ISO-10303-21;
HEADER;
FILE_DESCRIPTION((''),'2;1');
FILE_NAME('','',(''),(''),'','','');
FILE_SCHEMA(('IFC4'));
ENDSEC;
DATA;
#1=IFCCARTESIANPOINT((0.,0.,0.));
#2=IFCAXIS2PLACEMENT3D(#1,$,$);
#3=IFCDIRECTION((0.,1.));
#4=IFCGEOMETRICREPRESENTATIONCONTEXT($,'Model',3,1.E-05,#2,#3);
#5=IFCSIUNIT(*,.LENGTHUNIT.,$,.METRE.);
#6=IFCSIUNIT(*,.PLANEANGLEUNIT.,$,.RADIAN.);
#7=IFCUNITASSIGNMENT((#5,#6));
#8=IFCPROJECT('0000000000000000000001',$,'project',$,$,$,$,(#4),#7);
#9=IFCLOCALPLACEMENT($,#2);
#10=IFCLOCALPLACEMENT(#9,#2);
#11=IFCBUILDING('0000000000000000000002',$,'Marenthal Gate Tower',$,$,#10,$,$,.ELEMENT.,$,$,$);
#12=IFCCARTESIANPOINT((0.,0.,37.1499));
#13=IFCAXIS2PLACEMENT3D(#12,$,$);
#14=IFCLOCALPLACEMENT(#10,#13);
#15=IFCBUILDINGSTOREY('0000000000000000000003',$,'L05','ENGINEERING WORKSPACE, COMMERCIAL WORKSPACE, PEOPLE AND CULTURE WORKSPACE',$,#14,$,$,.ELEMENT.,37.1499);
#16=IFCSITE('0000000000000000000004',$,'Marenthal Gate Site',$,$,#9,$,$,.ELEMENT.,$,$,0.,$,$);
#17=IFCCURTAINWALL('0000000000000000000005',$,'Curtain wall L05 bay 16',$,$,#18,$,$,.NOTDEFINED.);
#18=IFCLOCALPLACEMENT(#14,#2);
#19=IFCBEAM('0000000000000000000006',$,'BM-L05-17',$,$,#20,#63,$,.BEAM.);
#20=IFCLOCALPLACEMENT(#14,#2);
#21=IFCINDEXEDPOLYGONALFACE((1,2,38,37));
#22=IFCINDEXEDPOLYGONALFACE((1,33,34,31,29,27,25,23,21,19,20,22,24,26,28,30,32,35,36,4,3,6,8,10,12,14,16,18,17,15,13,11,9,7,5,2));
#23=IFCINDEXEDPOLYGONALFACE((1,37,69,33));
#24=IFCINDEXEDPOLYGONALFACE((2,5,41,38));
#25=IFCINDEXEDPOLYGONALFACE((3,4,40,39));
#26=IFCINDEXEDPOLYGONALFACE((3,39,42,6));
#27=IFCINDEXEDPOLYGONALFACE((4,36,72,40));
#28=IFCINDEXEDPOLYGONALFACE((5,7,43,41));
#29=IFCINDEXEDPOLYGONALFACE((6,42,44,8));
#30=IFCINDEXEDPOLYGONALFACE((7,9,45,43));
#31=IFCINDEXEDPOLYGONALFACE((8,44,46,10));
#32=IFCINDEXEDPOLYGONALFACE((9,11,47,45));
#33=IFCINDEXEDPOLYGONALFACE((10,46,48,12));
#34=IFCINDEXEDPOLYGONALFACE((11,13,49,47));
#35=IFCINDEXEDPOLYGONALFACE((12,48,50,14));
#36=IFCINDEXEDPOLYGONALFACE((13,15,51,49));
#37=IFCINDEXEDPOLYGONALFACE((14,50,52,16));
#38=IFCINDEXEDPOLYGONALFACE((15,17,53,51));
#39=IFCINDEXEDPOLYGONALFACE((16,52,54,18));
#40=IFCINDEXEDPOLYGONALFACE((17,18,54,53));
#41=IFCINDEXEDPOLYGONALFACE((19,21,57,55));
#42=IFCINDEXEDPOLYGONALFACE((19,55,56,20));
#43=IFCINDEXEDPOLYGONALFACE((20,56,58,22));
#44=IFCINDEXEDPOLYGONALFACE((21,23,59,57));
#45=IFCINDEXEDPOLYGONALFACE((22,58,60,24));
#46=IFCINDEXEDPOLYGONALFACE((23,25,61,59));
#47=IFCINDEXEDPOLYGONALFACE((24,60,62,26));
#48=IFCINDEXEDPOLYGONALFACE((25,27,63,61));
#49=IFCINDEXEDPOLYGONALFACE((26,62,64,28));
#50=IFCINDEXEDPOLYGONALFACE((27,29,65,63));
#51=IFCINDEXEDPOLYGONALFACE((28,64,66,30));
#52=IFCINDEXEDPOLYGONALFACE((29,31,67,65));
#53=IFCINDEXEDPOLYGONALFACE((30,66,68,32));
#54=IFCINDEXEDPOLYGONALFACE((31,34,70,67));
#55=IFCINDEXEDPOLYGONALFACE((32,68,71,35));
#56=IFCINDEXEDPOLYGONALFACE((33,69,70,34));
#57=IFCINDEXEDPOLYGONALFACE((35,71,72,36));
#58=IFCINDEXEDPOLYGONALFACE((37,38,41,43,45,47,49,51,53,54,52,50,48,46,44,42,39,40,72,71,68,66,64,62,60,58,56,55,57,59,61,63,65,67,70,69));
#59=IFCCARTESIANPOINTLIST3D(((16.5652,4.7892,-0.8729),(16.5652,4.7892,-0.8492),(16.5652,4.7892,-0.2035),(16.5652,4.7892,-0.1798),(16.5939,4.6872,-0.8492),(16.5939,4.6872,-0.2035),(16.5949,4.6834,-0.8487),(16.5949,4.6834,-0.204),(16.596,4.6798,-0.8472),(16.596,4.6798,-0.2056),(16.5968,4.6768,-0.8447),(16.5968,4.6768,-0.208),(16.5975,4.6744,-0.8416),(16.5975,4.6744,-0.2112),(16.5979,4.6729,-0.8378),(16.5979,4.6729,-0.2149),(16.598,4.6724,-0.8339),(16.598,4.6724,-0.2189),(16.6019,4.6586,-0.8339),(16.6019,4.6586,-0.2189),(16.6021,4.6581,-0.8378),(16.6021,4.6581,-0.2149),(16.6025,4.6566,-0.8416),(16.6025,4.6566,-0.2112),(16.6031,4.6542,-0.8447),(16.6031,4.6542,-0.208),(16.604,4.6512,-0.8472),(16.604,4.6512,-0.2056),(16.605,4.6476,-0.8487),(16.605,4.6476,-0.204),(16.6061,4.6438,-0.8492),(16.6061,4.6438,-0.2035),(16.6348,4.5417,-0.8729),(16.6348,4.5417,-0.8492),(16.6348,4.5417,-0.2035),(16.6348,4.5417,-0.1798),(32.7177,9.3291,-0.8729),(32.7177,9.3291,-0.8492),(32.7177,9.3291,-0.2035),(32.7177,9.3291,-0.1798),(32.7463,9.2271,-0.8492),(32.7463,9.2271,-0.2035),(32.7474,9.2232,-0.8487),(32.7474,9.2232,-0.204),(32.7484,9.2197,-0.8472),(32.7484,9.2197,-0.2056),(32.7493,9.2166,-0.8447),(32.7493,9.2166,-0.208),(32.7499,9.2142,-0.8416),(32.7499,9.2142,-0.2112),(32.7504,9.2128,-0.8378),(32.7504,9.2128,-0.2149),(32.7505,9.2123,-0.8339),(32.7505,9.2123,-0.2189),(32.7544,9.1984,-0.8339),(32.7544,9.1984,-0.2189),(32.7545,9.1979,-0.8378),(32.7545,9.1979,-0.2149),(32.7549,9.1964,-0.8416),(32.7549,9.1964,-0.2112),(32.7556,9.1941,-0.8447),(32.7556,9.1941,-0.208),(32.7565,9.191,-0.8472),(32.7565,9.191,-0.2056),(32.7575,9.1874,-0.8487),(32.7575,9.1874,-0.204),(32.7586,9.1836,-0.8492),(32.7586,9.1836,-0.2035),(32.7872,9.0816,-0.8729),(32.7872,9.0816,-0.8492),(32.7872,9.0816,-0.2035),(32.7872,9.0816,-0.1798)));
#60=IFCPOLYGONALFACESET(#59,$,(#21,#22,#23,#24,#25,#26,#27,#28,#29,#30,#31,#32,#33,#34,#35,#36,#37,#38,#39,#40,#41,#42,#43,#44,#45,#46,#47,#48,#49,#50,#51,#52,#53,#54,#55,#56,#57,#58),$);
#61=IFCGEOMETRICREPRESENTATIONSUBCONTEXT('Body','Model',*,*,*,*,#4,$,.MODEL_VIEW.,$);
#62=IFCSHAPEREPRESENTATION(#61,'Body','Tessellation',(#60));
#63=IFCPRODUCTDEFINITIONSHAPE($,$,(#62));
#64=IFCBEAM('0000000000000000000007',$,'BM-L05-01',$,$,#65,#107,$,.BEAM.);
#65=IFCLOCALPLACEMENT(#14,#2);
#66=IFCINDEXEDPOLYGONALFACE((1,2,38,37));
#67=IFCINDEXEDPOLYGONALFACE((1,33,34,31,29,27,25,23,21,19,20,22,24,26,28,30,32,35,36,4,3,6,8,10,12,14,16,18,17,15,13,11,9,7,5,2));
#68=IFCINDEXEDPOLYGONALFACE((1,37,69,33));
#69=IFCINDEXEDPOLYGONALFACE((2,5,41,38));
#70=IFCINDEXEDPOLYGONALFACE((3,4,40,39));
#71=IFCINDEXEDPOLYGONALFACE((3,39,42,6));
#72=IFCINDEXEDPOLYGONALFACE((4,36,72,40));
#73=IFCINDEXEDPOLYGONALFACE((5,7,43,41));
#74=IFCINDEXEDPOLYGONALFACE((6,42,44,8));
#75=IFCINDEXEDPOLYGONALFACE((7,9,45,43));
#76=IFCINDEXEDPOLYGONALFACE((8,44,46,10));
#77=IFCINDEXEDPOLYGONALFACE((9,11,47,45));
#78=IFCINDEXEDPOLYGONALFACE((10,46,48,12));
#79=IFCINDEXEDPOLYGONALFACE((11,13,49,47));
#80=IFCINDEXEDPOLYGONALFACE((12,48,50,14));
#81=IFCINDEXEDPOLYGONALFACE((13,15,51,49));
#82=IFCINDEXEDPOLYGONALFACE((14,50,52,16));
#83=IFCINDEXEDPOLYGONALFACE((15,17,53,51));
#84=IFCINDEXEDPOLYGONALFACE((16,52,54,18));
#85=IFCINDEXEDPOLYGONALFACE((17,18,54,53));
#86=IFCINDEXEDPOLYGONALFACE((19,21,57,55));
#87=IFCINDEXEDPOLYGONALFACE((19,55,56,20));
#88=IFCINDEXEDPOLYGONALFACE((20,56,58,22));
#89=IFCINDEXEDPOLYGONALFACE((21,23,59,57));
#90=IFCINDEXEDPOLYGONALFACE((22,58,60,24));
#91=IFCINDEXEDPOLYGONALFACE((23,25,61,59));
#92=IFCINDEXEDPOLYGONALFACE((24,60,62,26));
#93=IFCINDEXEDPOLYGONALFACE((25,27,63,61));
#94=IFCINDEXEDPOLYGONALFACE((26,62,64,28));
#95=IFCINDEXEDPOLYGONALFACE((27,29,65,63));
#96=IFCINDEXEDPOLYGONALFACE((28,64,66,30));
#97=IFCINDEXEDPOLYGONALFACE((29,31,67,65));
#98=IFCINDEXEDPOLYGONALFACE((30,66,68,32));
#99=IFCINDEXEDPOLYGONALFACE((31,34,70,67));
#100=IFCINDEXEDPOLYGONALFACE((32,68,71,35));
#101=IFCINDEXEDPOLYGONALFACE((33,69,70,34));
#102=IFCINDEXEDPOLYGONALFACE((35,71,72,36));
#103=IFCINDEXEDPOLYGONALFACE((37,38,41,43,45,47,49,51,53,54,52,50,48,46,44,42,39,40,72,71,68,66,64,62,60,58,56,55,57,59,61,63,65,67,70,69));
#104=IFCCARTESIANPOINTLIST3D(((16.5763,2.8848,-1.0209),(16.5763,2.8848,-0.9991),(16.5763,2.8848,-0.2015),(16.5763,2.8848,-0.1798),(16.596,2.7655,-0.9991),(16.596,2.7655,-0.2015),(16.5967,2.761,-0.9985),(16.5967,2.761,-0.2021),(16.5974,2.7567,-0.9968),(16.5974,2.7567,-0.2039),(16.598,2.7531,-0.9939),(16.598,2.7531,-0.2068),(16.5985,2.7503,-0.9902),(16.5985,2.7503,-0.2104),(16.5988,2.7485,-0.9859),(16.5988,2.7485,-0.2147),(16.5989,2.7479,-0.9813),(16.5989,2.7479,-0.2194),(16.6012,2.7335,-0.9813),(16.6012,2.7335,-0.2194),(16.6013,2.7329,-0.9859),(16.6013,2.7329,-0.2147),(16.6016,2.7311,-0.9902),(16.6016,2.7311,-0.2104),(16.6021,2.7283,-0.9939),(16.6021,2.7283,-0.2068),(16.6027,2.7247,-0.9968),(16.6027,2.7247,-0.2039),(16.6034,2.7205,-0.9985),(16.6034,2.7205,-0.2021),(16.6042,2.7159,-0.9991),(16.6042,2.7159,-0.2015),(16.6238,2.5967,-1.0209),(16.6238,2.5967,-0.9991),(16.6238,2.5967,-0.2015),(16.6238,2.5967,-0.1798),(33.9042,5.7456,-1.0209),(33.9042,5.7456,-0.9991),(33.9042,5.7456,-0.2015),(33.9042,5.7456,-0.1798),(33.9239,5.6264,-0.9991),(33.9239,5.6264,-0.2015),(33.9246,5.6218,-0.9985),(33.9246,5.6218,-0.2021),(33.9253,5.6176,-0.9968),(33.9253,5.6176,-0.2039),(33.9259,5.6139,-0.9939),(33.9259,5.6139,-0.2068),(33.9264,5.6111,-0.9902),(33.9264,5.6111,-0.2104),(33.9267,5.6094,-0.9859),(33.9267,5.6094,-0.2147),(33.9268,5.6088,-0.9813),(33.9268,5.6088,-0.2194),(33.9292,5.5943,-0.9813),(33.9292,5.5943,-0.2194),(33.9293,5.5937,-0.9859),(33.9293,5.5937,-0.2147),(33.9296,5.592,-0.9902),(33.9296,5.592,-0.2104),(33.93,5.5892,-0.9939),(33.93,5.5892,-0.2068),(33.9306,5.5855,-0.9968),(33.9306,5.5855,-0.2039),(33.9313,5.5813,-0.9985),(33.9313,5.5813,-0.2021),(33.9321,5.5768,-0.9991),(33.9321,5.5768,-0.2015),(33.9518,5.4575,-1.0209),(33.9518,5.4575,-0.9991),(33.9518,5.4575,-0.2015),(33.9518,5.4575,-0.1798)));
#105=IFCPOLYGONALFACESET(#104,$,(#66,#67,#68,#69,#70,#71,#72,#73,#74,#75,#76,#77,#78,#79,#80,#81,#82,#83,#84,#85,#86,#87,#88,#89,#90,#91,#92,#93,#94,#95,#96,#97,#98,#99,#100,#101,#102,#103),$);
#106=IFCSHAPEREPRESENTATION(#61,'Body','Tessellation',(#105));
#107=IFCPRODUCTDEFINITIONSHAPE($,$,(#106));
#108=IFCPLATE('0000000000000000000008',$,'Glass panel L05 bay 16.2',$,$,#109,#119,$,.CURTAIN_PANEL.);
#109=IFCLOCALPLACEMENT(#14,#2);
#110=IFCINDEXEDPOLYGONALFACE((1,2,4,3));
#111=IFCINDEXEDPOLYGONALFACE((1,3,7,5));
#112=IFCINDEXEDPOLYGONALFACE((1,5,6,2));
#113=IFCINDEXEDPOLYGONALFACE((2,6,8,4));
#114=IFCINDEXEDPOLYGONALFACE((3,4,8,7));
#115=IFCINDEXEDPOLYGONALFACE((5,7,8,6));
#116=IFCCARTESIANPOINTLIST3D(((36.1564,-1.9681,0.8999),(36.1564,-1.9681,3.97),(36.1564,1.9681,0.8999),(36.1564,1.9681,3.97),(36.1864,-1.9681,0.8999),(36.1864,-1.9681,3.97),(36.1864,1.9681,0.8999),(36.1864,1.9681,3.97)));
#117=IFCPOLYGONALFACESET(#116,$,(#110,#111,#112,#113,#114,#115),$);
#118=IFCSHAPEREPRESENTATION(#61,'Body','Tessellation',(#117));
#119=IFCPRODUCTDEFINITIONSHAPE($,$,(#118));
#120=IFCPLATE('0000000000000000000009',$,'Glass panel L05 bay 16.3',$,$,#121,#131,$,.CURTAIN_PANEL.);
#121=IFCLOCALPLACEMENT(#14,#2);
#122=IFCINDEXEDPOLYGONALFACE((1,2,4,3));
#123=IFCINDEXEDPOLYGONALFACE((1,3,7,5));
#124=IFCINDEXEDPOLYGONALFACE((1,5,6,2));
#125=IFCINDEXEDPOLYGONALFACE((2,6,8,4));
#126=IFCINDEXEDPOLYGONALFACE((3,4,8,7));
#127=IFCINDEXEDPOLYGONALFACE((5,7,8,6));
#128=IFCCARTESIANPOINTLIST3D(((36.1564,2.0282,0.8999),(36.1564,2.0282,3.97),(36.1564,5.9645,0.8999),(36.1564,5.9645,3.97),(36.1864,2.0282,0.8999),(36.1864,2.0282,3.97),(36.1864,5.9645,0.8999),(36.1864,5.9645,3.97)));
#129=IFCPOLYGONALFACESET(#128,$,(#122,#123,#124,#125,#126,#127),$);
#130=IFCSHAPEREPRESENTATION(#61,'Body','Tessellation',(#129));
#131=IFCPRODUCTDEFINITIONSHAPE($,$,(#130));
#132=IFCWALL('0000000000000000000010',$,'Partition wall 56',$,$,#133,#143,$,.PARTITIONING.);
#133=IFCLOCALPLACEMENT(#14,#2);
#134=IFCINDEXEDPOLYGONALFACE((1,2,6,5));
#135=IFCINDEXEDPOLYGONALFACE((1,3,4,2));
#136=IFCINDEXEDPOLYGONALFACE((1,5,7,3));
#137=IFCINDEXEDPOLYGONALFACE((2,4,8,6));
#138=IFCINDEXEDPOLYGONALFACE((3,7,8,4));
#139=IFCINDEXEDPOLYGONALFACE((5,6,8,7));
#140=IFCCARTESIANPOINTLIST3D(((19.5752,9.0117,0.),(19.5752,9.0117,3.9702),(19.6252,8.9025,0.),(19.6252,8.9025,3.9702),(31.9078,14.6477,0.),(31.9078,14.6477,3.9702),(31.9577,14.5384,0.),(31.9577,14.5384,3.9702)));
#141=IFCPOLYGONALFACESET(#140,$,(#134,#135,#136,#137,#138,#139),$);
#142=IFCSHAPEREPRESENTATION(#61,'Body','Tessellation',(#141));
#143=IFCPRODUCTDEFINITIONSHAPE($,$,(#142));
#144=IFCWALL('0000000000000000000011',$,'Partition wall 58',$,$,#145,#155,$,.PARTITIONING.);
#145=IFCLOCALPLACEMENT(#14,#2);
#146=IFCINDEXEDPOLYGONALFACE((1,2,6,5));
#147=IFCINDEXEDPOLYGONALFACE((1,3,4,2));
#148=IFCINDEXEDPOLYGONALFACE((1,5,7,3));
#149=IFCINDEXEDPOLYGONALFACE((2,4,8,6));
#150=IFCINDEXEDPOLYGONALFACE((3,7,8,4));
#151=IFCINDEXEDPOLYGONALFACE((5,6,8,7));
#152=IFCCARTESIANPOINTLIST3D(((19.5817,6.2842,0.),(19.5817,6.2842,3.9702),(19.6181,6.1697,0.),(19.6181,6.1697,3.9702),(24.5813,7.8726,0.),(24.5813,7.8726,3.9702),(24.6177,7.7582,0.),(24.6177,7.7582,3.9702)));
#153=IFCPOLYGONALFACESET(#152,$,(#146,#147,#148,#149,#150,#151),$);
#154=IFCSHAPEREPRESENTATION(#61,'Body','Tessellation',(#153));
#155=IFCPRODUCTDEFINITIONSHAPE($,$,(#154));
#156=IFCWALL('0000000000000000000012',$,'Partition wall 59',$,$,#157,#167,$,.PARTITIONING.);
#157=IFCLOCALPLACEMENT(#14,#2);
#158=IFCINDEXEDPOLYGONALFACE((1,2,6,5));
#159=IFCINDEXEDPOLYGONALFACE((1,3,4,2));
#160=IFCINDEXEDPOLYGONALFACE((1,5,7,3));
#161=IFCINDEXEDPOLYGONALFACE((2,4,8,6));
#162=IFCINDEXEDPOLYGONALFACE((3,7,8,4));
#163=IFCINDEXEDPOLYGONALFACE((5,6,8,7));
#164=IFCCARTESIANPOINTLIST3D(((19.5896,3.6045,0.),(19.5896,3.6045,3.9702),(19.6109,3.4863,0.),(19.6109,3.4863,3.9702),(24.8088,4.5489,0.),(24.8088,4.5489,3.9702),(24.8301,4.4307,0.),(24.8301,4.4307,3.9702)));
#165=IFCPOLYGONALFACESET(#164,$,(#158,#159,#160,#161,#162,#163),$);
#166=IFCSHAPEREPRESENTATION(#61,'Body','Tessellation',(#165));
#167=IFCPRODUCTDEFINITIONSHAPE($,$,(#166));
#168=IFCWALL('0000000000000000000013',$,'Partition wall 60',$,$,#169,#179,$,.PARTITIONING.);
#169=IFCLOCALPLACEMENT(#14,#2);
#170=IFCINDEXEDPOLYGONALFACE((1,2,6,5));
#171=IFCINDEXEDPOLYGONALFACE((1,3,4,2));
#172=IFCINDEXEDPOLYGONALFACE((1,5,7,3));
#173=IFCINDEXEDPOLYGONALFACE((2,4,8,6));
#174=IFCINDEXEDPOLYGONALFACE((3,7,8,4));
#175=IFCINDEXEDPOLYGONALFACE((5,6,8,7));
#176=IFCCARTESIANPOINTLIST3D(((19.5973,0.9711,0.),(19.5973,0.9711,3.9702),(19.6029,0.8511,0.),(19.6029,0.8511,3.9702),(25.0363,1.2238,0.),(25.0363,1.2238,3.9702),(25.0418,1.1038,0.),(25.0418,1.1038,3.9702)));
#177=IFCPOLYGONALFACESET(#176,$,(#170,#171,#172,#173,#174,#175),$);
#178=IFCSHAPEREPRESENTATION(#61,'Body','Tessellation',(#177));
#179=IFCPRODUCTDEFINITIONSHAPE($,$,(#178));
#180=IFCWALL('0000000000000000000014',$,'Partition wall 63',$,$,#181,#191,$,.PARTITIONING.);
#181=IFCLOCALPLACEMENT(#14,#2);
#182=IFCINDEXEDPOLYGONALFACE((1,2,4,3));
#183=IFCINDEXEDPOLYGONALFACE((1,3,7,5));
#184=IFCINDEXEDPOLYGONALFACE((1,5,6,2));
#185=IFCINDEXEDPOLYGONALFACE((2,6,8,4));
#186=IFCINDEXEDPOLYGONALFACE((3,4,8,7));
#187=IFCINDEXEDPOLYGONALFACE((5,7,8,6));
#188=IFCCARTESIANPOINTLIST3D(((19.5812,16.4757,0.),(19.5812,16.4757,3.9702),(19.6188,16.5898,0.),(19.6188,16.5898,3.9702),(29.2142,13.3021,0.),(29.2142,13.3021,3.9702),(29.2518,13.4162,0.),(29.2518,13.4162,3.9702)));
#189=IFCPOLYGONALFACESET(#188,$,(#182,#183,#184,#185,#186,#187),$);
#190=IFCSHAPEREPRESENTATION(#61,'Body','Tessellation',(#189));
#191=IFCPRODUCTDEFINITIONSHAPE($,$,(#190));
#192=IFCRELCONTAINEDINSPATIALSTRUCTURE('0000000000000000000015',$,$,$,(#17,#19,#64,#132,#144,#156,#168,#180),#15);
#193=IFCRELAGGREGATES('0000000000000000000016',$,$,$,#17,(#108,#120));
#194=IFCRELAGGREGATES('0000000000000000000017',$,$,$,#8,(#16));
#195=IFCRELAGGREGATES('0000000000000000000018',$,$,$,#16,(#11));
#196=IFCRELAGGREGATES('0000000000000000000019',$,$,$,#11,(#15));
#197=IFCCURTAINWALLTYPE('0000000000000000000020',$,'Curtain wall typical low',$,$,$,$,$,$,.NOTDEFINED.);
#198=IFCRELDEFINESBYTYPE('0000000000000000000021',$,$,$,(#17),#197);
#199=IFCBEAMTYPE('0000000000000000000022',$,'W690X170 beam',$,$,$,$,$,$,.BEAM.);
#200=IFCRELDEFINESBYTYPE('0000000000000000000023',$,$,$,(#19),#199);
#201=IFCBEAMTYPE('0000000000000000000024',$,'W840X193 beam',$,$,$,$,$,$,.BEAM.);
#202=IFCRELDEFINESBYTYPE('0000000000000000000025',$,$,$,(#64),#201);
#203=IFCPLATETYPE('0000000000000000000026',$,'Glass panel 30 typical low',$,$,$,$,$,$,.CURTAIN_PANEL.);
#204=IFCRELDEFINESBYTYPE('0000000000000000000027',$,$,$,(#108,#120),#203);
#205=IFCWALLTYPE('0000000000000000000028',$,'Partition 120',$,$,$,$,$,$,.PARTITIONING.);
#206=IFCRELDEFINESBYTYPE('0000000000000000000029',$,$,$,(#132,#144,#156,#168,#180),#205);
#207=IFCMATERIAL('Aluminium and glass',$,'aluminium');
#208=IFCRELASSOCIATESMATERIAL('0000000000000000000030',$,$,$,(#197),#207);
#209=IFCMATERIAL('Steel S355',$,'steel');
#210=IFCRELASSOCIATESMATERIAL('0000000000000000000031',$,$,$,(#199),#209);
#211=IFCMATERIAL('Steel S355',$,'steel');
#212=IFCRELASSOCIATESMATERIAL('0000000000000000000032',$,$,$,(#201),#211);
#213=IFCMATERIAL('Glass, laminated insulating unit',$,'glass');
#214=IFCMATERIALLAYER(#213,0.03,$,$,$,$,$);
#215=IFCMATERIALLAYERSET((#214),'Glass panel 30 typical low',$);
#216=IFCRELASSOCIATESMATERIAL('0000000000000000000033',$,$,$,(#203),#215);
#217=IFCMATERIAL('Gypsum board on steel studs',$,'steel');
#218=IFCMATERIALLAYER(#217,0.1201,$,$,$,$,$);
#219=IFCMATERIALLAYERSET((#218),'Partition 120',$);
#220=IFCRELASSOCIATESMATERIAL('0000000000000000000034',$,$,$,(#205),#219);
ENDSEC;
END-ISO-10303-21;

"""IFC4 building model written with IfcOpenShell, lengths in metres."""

from ifc_helpers import new_model, si_unit, direction, frame, frame_2d, origin, origin_2d, place, context, subcontext, project, spatial, rectangle, i_section, extrude, material, layer, layer_set, material_profile, profile_set, type_object, element, aggregate, save


model = new_model("IFC4")

# Units and contexts
model_context = context("Model", 3, precision=1e-05, world=origin(), true_north=direction((0.0, 1.0)))
body_context = subcontext(model_context, "Body", "Model", "MODEL_VIEW")
ifc_project = project(units=[si_unit("LENGTHUNIT", "METRE"), si_unit("PLANEANGLEUNIT", "RADIAN")], contexts=[model_context])

# Site, building, storey
site_placement = place(None, origin())
site = spatial("IfcSite", under=ifc_project, at=site_placement, Name="Marenthal Gate Site", CompositionType="ELEMENT", RefElevation=0.0)
building_placement = place(site_placement, origin())
building = spatial("IfcBuilding", under=site, at=building_placement, Name="Marenthal Gate Tower", CompositionType="ELEMENT")
storey_placement = place(building_placement, frame((0.0, 0.0, 37.1499)))
storey = spatial("IfcBuildingStorey", under=building, at=storey_placement, Name="L05", Description="ENGINEERING WORKSPACE, COMMERCIAL WORKSPACE, PEOPLE AND CULTURE WORKSPACE", CompositionType="ELEMENT", Elevation=37.1499)

# Curtain wall
ifc_material_1 = material(Name="Aluminium and glass", Category="aluminium")
curtain_wall_type = type_object("IfcCurtainWallType", Name="Curtain wall typical low", PredefinedType="NOTDEFINED", material=ifc_material_1)
curtain_wall_placement = place(storey_placement, origin())
curtain_wall = element("IfcCurtainWall", 1, at=curtain_wall_placement, inside=storey, type_object=curtain_wall_type, Name="Curtain wall L05 bay 16", PredefinedType="NOTDEFINED")

# Beams
ifc_material_2 = material(Name="Steel S355", Category="steel")
ifc_material_profile_1 = material_profile(ifc_material_2, i_section(OverallWidth=0.2571, OverallDepth=0.6931, WebThickness=0.0144, FlangeThickness=0.0237, FilletRadius=0.0154, at=origin_2d()), Name="W690X170")
ifc_profile_set_1 = profile_set([ifc_material_profile_1], Name="Steel S355")
beam_type_1 = type_object("IfcBeamType", Name="W690X170 beam", PredefinedType="BEAM", material=ifc_profile_set_1)
beam_1_placement = place(storey_placement, frame((32.7524, 9.2053, -0.5264), z_axis=(-0.962698, -0.270577, 0.0), x_axis=(0.270577, -0.962698, 0.0)))
element("IfcBeam", 2, at=beam_1_placement, inside=storey, type_object=beam_type_1, Name="BM-L05-17", PredefinedType="BEAM", context=body_context, shape_type="SweptSolid", body=[
    extrude(i_section(OverallWidth=0.2571, OverallDepth=0.6931, WebThickness=0.0144, FlangeThickness=0.0237, FilletRadius=0.0154, at=origin_2d()), origin(), (0.0, 0.0, 1.0), 16.7783),
])
ifc_material_3 = material(Name="Steel S355", Category="steel")
ifc_material_profile_2 = material_profile(ifc_material_3, i_section(OverallWidth=0.292, OverallDepth=0.8411, WebThickness=0.0146, FlangeThickness=0.0217, FilletRadius=0.0178, at=origin_2d()), Name="W840X193")
ifc_profile_set_2 = profile_set([ifc_material_profile_2], Name="Steel S355")
beam_type_2 = type_object("IfcBeamType", Name="W840X193 beam", PredefinedType="BEAM", material=ifc_profile_set_2)
beam_2_placement = place(storey_placement, frame((33.928, 5.6016, -0.6003), z_axis=(-0.986643, -0.162895, 0.0), x_axis=(0.162895, -0.986643, 0.0)))
element("IfcBeam", 3, at=beam_2_placement, inside=storey, type_object=beam_type_2, Name="BM-L05-01", PredefinedType="BEAM", context=body_context, shape_type="SweptSolid", body=[
    extrude(i_section(OverallWidth=0.292, OverallDepth=0.8411, WebThickness=0.0146, FlangeThickness=0.0217, FilletRadius=0.0178, at=origin_2d()), origin(), (0.0, 0.0, 1.0), 17.5625),
])

# Plates
ifc_material_4 = material(Name="Glass, laminated insulating unit", Category="glass")
ifc_layer_1 = layer(ifc_material_4, 0.03)
ifc_layer_set_1 = layer_set([ifc_layer_1], Name="Glass panel 30 typical low")
plate_type = type_object("IfcPlateType", Name="Glass panel 30 typical low", PredefinedType="CURTAIN_PANEL", material=ifc_layer_set_1)
plate_1_placement = place(storey_placement, frame((36.1714, 0.0, 0.8999), z_axis=(0.0, 0.0, 1.0), x_axis=(0.0, 1.0, 0.0)))
plate_1 = element("IfcPlate", 4, at=plate_1_placement, type_object=plate_type, Name="Glass panel L05 bay 16.2", PredefinedType="CURTAIN_PANEL", context=body_context, shape_type="SweptSolid", body=[
    extrude(rectangle(XDim=3.9363, YDim=0.03, at=origin_2d()), origin(), (0.0, 0.0, 1.0), 3.0701),
])
plate_2_placement = place(storey_placement, frame((36.1714, 3.9963, 0.8999), z_axis=(0.0, 0.0, 1.0), x_axis=(0.0, 1.0, 0.0)))
plate_2 = element("IfcPlate", 5, at=plate_2_placement, type_object=plate_type, Name="Glass panel L05 bay 16.3", PredefinedType="CURTAIN_PANEL", context=body_context, shape_type="SweptSolid", body=[
    extrude(rectangle(XDim=3.9363, YDim=0.03, at=origin_2d()), origin(), (0.0, 0.0, 1.0), 3.0701),
])
aggregate(curtain_wall, [plate_1, plate_2])

# Walls
ifc_material_5 = material(Name="Gypsum board on steel studs", Category="steel")
ifc_layer_2 = layer(ifc_material_5, 0.1201)
ifc_layer_set_2 = layer_set([ifc_layer_2], Name="Partition 120")
wall_type_1 = type_object("IfcWallType", Name="Partition 120", PredefinedType="PARTITIONING", material=ifc_layer_set_2)
wall_1_placement = place(storey_placement, frame((19.6001, 8.957, 0.0), z_axis=(0.0, 0.0, 1.0), x_axis=(0.909523, 0.415654, 0.0)))
element("IfcWall", 6, at=wall_1_placement, inside=storey, type_object=wall_type_1, Name="Partition wall 56", PredefinedType="PARTITIONING", context=body_context, shape_type="SweptSolid", body=[
    extrude(rectangle(XDim=13.5593, YDim=0.1201, at=frame_2d((6.7798, 0.0))), origin(), (0.0, 0.0, 1.0), 3.9702),
])
wall_2_placement = place(storey_placement, frame((24.5996, 7.8154, 0.0), z_axis=(0.0, 0.0, 1.0), x_axis=(-0.953056, -0.302793, 0.0)))
element("IfcWall", 7, at=wall_2_placement, inside=storey, type_object=wall_type_1, Name="Partition wall 58", PredefinedType="PARTITIONING", context=body_context, shape_type="SweptSolid", body=[
    extrude(rectangle(XDim=5.2458, YDim=0.1201, at=frame_2d((2.623, 0.0))), origin(), (0.0, 0.0, 1.0), 3.9702),
])
wall_3_placement = place(storey_placement, frame((24.8193, 4.4897, 0.0), z_axis=(0.0, 0.0, 1.0), x_axis=(-0.984023, -0.178043, 0.0)))
element("IfcWall", 8, at=wall_3_placement, inside=storey, type_object=wall_type_1, Name="Partition wall 59", PredefinedType="PARTITIONING", context=body_context, shape_type="SweptSolid", body=[
    extrude(rectangle(XDim=5.304, YDim=0.1201, at=frame_2d((2.6519, 0.0))), origin(), (0.0, 0.0, 1.0), 3.9702),
])
wall_4_placement = place(storey_placement, frame((25.0391, 1.1638, 0.0), z_axis=(0.0, 0.0, 1.0), x_axis=(-0.998923, -0.046408, 0.0)))
element("IfcWall", 9, at=wall_4_placement, inside=storey, type_object=wall_type_1, Name="Partition wall 60", PredefinedType="PARTITIONING", context=body_context, shape_type="SweptSolid", body=[
    extrude(rectangle(XDim=5.4448, YDim=0.1201, at=frame_2d((2.7224, 0.0))), origin(), (0.0, 0.0, 1.0), 3.9702),
])
wall_5_placement = place(storey_placement, frame((29.2332, 13.3591, 0.0), z_axis=(0.0, 0.0, 1.0), x_axis=(-0.949785, 0.312904, 0.0)))
element("IfcWall", 10, at=wall_5_placement, inside=storey, type_object=wall_type_1, Name="Partition wall 63", PredefinedType="PARTITIONING", context=body_context, shape_type="SweptSolid", body=[
    extrude(rectangle(XDim=10.1423, YDim=0.1201, at=frame_2d((5.0713, 0.0))), origin(), (0.0, 0.0, 1.0), 3.9702),
])

save(model, "model.ifc")
